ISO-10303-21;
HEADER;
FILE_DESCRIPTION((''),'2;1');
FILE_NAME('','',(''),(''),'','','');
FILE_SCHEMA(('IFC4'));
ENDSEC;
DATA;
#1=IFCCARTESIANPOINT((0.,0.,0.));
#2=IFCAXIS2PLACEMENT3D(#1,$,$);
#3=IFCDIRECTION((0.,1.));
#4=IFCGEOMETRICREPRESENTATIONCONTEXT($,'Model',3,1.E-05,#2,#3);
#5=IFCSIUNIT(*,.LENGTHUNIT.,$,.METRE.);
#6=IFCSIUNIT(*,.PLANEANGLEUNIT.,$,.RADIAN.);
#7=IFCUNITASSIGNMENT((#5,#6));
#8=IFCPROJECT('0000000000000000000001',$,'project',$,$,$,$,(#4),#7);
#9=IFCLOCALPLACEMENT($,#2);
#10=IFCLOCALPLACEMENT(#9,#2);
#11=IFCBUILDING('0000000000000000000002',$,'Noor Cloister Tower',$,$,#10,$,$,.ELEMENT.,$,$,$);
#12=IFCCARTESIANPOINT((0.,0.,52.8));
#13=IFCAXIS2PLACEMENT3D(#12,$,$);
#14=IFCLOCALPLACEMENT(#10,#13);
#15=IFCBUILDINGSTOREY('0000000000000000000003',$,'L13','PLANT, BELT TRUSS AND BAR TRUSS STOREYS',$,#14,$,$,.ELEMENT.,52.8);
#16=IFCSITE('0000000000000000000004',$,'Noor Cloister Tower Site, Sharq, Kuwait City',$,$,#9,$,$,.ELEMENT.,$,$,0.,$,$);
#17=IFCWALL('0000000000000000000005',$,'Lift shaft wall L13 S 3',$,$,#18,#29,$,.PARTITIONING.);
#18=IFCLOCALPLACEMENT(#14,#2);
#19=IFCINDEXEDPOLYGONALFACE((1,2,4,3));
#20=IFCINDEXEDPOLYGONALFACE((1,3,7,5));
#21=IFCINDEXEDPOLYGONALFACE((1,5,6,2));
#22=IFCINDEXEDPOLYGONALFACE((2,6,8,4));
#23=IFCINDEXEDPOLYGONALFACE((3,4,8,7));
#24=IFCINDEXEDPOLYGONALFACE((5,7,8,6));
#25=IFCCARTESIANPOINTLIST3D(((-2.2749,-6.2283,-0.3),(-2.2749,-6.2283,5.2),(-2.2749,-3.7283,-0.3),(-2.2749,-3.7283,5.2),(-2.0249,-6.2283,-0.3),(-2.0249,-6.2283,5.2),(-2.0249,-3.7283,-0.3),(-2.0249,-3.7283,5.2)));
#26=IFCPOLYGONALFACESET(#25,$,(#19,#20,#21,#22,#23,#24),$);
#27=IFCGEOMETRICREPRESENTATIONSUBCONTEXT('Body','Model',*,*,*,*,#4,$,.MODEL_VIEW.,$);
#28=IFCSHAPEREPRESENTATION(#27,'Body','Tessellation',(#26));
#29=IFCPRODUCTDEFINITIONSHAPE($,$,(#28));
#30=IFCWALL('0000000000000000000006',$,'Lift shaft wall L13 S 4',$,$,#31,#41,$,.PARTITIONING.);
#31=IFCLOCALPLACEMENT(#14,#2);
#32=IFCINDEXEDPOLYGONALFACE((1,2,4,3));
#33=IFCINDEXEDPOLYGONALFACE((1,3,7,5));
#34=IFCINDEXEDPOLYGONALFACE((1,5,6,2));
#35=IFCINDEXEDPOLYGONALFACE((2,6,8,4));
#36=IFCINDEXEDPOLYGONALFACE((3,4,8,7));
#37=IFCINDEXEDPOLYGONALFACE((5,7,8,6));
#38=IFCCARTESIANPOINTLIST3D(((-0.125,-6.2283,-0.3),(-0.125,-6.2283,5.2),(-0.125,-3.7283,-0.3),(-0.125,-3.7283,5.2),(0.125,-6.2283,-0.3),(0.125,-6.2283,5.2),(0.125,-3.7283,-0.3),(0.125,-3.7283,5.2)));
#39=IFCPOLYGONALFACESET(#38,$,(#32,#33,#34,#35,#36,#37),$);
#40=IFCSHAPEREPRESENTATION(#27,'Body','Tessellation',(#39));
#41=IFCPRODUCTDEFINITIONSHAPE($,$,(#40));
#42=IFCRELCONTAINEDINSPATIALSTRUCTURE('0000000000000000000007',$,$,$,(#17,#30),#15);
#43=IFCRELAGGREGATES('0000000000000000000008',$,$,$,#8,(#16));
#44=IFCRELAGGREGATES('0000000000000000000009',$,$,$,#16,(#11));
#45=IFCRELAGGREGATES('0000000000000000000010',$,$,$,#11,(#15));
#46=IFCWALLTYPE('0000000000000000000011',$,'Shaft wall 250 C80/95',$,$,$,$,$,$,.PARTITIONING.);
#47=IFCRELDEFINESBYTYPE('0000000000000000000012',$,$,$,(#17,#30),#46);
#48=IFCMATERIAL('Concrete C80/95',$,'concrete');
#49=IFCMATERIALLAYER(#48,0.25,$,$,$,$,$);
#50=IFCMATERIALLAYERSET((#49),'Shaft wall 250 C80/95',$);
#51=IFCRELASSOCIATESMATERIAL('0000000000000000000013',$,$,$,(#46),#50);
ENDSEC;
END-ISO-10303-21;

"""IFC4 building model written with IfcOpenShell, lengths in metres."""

from ifc_helpers import new_model, si_unit, direction, frame, frame_2d, origin, place, context, subcontext, project, spatial, rectangle, extrude, material, layer, layer_set, type_object, element, save


model = new_model("IFC4")

# Units and contexts
model_context = context("Model", 3, precision=1e-05, world=origin(), true_north=direction((0.0, 1.0)))
body_context = subcontext(model_context, "Body", "Model", "MODEL_VIEW")
ifc_project = project(units=[si_unit("LENGTHUNIT", "METRE"), si_unit("PLANEANGLEUNIT", "RADIAN")], contexts=[model_context])

# Site, building, storey
site_placement = place(None, origin())
site = spatial("IfcSite", under=ifc_project, at=site_placement, Name="Noor Cloister Tower Site, Sharq, Kuwait City", CompositionType="ELEMENT", RefElevation=0.0)
building_placement = place(site_placement, origin())
building = spatial("IfcBuilding", under=site, at=building_placement, Name="Noor Cloister Tower", CompositionType="ELEMENT")
storey_placement = place(building_placement, frame((0.0, 0.0, 52.8)))
storey = spatial("IfcBuildingStorey", under=building, at=storey_placement, Name="L13", Description="PLANT, BELT TRUSS AND BAR TRUSS STOREYS", CompositionType="ELEMENT", Elevation=52.8)

# Walls
ifc_material_1 = material(Name="Concrete C80/95", Category="concrete")
ifc_layer = layer(ifc_material_1, 0.25)
ifc_layer_set = layer_set([ifc_layer], Name="Shaft wall 250 C80/95")
wall_type = type_object("IfcWallType", Name="Shaft wall 250 C80/95", PredefinedType="PARTITIONING", material=ifc_layer_set)
for number, where, z_axis, x_axis, name in (
    (1, (-2.1499, -6.2283, -0.3), (0.0, 0.0, 1.0), (0.0, 1.0, 0.0), "Lift shaft wall L13 S 3"),
    (2, (0.0, -6.2283, -0.3), (0.0, 0.0, 1.0), (0.0, 1.0, 0.0), "Lift shaft wall L13 S 4"),
):
    element("IfcWall", number, at=place(storey_placement, frame(where, z_axis=z_axis, x_axis=x_axis)), inside=storey, type_object=wall_type, Name=name, PredefinedType="PARTITIONING", context=body_context, shape_type="SweptSolid", body=[
        extrude(rectangle(XDim=2.5, YDim=0.25, at=frame_2d((1.25, 0.0))), origin(), (0.0, 0.0, 1.0), 5.5),
    ])

save(model, "model.ifc")
